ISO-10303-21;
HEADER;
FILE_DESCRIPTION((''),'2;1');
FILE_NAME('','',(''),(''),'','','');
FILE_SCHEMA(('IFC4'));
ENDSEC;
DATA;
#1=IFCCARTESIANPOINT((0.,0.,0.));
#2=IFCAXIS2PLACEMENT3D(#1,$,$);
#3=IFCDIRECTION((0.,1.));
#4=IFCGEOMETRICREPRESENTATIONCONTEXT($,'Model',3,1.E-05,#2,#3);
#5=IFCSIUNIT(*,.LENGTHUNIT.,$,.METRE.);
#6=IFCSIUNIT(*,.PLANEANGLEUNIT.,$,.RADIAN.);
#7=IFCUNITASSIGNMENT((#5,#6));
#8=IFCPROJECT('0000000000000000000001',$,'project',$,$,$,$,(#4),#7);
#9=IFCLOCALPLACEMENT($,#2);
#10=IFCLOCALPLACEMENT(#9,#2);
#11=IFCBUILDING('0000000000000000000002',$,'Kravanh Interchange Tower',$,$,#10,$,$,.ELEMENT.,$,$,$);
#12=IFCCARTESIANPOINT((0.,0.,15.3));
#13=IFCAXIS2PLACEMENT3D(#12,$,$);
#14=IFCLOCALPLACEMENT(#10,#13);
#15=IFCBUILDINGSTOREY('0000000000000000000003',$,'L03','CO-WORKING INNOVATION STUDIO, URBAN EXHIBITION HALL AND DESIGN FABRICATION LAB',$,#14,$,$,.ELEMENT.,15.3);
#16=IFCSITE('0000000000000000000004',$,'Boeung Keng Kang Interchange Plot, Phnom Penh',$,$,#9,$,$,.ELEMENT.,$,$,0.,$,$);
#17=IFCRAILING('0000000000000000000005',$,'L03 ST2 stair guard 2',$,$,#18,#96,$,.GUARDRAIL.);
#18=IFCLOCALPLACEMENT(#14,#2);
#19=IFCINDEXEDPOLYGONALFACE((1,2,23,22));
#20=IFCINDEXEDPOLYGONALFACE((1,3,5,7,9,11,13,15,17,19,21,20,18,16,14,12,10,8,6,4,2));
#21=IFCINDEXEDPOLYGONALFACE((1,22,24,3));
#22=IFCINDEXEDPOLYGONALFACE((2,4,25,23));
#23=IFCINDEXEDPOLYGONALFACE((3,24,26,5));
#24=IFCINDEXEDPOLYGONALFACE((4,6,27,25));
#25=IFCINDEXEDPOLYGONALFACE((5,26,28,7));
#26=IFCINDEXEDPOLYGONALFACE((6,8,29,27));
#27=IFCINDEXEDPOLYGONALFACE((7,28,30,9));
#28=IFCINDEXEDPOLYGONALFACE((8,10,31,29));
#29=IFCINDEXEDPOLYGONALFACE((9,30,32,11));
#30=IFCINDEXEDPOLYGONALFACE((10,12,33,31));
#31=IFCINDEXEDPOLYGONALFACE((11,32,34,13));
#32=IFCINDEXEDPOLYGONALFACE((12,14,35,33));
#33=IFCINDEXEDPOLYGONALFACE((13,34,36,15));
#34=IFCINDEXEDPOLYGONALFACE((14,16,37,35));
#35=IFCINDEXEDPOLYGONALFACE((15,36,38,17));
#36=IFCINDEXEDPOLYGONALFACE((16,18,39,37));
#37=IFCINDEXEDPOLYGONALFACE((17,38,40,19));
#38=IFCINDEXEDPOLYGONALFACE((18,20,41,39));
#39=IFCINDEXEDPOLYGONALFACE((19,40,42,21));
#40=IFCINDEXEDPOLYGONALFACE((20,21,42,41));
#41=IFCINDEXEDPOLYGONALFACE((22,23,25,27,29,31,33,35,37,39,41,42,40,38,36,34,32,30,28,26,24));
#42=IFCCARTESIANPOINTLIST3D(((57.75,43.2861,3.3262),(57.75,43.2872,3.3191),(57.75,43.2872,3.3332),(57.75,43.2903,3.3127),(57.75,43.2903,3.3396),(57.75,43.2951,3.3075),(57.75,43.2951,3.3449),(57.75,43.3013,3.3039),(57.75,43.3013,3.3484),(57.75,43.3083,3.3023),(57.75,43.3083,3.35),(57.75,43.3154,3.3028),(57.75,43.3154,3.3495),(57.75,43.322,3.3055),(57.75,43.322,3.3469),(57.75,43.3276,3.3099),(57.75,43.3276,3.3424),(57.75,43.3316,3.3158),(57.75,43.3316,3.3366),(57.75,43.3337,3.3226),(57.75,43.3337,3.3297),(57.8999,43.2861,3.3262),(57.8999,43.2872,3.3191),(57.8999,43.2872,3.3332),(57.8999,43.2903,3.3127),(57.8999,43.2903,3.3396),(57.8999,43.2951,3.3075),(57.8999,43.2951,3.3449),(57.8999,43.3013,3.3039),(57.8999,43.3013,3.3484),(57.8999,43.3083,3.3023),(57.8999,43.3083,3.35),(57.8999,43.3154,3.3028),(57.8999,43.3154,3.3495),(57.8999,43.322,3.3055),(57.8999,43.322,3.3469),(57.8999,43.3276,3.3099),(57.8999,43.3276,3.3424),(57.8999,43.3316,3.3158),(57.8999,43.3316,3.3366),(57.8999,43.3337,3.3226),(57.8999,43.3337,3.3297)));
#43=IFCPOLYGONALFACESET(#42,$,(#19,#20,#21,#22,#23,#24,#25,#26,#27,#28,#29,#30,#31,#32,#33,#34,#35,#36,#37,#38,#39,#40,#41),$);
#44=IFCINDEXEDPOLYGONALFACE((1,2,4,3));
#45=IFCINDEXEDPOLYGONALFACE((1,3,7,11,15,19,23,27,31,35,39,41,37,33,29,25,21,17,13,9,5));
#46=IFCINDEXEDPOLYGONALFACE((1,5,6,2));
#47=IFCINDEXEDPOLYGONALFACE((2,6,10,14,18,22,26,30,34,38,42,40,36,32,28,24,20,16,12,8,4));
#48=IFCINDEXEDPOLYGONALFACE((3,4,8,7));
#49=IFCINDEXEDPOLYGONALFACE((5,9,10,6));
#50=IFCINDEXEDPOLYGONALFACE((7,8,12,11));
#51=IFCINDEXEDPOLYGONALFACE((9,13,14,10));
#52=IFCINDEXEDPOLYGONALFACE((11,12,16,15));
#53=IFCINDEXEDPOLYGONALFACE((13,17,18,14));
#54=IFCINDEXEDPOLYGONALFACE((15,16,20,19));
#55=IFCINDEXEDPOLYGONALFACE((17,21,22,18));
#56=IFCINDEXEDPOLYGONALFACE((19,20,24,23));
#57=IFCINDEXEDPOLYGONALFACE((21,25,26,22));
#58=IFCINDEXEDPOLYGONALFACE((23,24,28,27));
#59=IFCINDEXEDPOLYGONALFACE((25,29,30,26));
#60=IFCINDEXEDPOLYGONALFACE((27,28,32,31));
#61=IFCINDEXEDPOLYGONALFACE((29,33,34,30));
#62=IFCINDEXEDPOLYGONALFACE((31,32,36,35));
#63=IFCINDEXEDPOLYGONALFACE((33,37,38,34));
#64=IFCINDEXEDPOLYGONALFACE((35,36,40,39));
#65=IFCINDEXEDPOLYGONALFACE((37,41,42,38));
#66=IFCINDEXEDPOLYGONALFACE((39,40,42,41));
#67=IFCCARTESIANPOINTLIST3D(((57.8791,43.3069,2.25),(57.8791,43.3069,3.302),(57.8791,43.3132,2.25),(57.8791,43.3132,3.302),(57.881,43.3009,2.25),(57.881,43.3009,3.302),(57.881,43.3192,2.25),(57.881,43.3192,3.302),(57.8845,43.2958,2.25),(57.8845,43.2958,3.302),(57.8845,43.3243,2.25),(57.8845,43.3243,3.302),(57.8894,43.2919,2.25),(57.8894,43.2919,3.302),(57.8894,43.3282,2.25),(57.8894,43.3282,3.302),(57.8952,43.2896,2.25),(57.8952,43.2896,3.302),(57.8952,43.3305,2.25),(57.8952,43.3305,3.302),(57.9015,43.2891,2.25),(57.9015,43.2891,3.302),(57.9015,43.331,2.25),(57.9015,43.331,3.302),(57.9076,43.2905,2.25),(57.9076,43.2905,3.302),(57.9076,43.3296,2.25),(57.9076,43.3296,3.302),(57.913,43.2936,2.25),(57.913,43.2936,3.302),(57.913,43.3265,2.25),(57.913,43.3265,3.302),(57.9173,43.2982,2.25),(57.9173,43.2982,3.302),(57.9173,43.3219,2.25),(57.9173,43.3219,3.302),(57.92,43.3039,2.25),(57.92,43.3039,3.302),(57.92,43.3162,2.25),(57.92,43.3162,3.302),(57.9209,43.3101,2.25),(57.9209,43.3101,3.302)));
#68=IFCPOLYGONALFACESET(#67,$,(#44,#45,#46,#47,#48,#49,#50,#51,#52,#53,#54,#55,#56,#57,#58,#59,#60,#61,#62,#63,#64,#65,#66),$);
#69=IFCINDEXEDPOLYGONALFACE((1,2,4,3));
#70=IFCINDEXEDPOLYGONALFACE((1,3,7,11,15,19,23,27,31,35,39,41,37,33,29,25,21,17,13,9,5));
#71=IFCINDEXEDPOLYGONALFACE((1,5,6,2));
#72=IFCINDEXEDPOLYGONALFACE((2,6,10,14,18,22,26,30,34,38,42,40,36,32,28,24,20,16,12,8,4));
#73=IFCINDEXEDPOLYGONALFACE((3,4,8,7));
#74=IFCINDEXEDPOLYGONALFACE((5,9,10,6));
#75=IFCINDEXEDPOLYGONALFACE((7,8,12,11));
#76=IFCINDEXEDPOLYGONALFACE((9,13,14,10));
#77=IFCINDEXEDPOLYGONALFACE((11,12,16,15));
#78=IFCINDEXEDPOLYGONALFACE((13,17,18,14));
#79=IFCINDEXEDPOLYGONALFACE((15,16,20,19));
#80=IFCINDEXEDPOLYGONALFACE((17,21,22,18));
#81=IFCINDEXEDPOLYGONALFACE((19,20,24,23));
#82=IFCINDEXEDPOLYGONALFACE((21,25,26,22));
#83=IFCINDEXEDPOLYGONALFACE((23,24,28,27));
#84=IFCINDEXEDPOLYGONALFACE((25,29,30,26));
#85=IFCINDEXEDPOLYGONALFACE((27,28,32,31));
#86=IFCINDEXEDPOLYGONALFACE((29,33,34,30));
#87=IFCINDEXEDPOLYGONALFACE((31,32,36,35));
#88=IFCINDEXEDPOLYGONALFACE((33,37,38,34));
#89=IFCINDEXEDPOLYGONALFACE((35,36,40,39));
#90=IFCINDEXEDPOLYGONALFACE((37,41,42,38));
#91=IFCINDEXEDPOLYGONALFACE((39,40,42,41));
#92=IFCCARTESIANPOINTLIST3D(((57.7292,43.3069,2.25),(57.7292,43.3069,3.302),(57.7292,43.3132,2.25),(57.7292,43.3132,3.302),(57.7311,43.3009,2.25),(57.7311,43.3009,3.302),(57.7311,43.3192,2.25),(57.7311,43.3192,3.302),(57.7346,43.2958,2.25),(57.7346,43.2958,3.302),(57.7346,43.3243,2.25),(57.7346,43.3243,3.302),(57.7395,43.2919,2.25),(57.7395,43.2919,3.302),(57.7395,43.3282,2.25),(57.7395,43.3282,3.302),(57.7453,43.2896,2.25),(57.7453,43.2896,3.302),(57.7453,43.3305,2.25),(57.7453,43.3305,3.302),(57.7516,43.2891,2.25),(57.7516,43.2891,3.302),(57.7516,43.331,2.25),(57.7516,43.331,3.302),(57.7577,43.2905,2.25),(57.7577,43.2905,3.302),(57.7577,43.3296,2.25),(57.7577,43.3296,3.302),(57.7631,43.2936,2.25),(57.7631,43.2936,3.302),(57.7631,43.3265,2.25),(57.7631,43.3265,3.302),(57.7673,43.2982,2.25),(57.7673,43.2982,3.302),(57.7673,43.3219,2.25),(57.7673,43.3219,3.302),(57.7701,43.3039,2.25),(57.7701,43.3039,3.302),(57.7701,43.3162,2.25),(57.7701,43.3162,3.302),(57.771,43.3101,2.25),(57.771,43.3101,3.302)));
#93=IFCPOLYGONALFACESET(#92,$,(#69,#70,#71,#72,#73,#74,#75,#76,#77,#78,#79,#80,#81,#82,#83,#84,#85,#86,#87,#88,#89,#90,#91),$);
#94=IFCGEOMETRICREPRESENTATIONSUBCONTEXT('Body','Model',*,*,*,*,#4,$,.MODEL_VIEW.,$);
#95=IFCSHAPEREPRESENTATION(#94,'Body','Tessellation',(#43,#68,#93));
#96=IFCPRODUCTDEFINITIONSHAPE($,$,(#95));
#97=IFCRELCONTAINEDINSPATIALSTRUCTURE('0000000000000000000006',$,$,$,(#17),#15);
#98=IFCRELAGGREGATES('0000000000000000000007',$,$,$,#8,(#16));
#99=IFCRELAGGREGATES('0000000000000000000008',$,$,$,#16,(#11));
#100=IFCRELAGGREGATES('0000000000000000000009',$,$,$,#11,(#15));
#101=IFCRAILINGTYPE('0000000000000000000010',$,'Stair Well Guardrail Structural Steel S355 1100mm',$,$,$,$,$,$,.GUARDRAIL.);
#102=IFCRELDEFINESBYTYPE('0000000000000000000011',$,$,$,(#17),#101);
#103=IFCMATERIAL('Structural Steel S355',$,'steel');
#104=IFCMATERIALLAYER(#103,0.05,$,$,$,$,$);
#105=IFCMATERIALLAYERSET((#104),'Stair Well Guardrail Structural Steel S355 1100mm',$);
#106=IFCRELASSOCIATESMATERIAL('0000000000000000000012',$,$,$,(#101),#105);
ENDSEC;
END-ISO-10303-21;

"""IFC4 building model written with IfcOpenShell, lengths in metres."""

from ifc_helpers import new_model, si_unit, direction, frame, origin, origin_2d, place, context, subcontext, project, spatial, circle, extrude, material, layer, layer_set, type_object, element, save


model = new_model("IFC4")

# Units and contexts
model_context = context("Model", 3, precision=1e-05, world=origin(), true_north=direction((0.0, 1.0)))
body_context = subcontext(model_context, "Body", "Model", "MODEL_VIEW")
ifc_project = project(units=[si_unit("LENGTHUNIT", "METRE"), si_unit("PLANEANGLEUNIT", "RADIAN")], contexts=[model_context])

# Site, building, storey
site_placement = place(None, origin())
site = spatial("IfcSite", under=ifc_project, at=site_placement, Name="Boeung Keng Kang Interchange Plot, Phnom Penh", CompositionType="ELEMENT", RefElevation=0.0)
building_placement = place(site_placement, origin())
building = spatial("IfcBuilding", under=site, at=building_placement, Name="Kravanh Interchange Tower", CompositionType="ELEMENT")
storey_placement = place(building_placement, frame((0.0, 0.0, 15.3)))
storey = spatial("IfcBuildingStorey", under=building, at=storey_placement, Name="L03", Description="CO-WORKING INNOVATION STUDIO, URBAN EXHIBITION HALL AND DESIGN FABRICATION LAB", CompositionType="ELEMENT", Elevation=15.3)

# Railing
ifc_material_1 = material(Name="Structural Steel S355", Category="steel")
ifc_layer_1 = layer(ifc_material_1, 0.05)
ifc_layer_set_1 = layer_set([ifc_layer_1], Name="Stair Well Guardrail Structural Steel S355 1100mm")
railing_type_1 = type_object("IfcRailingType", Name="Stair Well Guardrail Structural Steel S355 1100mm", PredefinedType="GUARDRAIL", material=ifc_layer_set_1)
railing_1_placement = place(storey_placement, frame((57.8999, 43.3101, 2.25)))
element("IfcRailing", 1, at=railing_1_placement, inside=storey, type_object=railing_type_1, Name="L03 ST2 stair guard 2", PredefinedType="GUARDRAIL", context=body_context, shape_type="SweptSolid", body=[
    extrude(circle(Radius=0.0239, at=origin_2d()), frame((0.0, 0.0, 1.0762), z_axis=(-1.0, 0.0, 0.0), x_axis=(0.0, -1.0, 0.0)), (0.0, 0.0, 1.0), 0.1499),
    extrude(circle(Radius=0.021, at=origin_2d()), origin(), (0.0, 0.0, 1.0), 1.052),
    extrude(circle(Radius=0.021, at=origin_2d()), frame((-0.1499, 0.0, 0.0)), (0.0, 0.0, 1.0), 1.052),
])

save(model, "model.ifc")
